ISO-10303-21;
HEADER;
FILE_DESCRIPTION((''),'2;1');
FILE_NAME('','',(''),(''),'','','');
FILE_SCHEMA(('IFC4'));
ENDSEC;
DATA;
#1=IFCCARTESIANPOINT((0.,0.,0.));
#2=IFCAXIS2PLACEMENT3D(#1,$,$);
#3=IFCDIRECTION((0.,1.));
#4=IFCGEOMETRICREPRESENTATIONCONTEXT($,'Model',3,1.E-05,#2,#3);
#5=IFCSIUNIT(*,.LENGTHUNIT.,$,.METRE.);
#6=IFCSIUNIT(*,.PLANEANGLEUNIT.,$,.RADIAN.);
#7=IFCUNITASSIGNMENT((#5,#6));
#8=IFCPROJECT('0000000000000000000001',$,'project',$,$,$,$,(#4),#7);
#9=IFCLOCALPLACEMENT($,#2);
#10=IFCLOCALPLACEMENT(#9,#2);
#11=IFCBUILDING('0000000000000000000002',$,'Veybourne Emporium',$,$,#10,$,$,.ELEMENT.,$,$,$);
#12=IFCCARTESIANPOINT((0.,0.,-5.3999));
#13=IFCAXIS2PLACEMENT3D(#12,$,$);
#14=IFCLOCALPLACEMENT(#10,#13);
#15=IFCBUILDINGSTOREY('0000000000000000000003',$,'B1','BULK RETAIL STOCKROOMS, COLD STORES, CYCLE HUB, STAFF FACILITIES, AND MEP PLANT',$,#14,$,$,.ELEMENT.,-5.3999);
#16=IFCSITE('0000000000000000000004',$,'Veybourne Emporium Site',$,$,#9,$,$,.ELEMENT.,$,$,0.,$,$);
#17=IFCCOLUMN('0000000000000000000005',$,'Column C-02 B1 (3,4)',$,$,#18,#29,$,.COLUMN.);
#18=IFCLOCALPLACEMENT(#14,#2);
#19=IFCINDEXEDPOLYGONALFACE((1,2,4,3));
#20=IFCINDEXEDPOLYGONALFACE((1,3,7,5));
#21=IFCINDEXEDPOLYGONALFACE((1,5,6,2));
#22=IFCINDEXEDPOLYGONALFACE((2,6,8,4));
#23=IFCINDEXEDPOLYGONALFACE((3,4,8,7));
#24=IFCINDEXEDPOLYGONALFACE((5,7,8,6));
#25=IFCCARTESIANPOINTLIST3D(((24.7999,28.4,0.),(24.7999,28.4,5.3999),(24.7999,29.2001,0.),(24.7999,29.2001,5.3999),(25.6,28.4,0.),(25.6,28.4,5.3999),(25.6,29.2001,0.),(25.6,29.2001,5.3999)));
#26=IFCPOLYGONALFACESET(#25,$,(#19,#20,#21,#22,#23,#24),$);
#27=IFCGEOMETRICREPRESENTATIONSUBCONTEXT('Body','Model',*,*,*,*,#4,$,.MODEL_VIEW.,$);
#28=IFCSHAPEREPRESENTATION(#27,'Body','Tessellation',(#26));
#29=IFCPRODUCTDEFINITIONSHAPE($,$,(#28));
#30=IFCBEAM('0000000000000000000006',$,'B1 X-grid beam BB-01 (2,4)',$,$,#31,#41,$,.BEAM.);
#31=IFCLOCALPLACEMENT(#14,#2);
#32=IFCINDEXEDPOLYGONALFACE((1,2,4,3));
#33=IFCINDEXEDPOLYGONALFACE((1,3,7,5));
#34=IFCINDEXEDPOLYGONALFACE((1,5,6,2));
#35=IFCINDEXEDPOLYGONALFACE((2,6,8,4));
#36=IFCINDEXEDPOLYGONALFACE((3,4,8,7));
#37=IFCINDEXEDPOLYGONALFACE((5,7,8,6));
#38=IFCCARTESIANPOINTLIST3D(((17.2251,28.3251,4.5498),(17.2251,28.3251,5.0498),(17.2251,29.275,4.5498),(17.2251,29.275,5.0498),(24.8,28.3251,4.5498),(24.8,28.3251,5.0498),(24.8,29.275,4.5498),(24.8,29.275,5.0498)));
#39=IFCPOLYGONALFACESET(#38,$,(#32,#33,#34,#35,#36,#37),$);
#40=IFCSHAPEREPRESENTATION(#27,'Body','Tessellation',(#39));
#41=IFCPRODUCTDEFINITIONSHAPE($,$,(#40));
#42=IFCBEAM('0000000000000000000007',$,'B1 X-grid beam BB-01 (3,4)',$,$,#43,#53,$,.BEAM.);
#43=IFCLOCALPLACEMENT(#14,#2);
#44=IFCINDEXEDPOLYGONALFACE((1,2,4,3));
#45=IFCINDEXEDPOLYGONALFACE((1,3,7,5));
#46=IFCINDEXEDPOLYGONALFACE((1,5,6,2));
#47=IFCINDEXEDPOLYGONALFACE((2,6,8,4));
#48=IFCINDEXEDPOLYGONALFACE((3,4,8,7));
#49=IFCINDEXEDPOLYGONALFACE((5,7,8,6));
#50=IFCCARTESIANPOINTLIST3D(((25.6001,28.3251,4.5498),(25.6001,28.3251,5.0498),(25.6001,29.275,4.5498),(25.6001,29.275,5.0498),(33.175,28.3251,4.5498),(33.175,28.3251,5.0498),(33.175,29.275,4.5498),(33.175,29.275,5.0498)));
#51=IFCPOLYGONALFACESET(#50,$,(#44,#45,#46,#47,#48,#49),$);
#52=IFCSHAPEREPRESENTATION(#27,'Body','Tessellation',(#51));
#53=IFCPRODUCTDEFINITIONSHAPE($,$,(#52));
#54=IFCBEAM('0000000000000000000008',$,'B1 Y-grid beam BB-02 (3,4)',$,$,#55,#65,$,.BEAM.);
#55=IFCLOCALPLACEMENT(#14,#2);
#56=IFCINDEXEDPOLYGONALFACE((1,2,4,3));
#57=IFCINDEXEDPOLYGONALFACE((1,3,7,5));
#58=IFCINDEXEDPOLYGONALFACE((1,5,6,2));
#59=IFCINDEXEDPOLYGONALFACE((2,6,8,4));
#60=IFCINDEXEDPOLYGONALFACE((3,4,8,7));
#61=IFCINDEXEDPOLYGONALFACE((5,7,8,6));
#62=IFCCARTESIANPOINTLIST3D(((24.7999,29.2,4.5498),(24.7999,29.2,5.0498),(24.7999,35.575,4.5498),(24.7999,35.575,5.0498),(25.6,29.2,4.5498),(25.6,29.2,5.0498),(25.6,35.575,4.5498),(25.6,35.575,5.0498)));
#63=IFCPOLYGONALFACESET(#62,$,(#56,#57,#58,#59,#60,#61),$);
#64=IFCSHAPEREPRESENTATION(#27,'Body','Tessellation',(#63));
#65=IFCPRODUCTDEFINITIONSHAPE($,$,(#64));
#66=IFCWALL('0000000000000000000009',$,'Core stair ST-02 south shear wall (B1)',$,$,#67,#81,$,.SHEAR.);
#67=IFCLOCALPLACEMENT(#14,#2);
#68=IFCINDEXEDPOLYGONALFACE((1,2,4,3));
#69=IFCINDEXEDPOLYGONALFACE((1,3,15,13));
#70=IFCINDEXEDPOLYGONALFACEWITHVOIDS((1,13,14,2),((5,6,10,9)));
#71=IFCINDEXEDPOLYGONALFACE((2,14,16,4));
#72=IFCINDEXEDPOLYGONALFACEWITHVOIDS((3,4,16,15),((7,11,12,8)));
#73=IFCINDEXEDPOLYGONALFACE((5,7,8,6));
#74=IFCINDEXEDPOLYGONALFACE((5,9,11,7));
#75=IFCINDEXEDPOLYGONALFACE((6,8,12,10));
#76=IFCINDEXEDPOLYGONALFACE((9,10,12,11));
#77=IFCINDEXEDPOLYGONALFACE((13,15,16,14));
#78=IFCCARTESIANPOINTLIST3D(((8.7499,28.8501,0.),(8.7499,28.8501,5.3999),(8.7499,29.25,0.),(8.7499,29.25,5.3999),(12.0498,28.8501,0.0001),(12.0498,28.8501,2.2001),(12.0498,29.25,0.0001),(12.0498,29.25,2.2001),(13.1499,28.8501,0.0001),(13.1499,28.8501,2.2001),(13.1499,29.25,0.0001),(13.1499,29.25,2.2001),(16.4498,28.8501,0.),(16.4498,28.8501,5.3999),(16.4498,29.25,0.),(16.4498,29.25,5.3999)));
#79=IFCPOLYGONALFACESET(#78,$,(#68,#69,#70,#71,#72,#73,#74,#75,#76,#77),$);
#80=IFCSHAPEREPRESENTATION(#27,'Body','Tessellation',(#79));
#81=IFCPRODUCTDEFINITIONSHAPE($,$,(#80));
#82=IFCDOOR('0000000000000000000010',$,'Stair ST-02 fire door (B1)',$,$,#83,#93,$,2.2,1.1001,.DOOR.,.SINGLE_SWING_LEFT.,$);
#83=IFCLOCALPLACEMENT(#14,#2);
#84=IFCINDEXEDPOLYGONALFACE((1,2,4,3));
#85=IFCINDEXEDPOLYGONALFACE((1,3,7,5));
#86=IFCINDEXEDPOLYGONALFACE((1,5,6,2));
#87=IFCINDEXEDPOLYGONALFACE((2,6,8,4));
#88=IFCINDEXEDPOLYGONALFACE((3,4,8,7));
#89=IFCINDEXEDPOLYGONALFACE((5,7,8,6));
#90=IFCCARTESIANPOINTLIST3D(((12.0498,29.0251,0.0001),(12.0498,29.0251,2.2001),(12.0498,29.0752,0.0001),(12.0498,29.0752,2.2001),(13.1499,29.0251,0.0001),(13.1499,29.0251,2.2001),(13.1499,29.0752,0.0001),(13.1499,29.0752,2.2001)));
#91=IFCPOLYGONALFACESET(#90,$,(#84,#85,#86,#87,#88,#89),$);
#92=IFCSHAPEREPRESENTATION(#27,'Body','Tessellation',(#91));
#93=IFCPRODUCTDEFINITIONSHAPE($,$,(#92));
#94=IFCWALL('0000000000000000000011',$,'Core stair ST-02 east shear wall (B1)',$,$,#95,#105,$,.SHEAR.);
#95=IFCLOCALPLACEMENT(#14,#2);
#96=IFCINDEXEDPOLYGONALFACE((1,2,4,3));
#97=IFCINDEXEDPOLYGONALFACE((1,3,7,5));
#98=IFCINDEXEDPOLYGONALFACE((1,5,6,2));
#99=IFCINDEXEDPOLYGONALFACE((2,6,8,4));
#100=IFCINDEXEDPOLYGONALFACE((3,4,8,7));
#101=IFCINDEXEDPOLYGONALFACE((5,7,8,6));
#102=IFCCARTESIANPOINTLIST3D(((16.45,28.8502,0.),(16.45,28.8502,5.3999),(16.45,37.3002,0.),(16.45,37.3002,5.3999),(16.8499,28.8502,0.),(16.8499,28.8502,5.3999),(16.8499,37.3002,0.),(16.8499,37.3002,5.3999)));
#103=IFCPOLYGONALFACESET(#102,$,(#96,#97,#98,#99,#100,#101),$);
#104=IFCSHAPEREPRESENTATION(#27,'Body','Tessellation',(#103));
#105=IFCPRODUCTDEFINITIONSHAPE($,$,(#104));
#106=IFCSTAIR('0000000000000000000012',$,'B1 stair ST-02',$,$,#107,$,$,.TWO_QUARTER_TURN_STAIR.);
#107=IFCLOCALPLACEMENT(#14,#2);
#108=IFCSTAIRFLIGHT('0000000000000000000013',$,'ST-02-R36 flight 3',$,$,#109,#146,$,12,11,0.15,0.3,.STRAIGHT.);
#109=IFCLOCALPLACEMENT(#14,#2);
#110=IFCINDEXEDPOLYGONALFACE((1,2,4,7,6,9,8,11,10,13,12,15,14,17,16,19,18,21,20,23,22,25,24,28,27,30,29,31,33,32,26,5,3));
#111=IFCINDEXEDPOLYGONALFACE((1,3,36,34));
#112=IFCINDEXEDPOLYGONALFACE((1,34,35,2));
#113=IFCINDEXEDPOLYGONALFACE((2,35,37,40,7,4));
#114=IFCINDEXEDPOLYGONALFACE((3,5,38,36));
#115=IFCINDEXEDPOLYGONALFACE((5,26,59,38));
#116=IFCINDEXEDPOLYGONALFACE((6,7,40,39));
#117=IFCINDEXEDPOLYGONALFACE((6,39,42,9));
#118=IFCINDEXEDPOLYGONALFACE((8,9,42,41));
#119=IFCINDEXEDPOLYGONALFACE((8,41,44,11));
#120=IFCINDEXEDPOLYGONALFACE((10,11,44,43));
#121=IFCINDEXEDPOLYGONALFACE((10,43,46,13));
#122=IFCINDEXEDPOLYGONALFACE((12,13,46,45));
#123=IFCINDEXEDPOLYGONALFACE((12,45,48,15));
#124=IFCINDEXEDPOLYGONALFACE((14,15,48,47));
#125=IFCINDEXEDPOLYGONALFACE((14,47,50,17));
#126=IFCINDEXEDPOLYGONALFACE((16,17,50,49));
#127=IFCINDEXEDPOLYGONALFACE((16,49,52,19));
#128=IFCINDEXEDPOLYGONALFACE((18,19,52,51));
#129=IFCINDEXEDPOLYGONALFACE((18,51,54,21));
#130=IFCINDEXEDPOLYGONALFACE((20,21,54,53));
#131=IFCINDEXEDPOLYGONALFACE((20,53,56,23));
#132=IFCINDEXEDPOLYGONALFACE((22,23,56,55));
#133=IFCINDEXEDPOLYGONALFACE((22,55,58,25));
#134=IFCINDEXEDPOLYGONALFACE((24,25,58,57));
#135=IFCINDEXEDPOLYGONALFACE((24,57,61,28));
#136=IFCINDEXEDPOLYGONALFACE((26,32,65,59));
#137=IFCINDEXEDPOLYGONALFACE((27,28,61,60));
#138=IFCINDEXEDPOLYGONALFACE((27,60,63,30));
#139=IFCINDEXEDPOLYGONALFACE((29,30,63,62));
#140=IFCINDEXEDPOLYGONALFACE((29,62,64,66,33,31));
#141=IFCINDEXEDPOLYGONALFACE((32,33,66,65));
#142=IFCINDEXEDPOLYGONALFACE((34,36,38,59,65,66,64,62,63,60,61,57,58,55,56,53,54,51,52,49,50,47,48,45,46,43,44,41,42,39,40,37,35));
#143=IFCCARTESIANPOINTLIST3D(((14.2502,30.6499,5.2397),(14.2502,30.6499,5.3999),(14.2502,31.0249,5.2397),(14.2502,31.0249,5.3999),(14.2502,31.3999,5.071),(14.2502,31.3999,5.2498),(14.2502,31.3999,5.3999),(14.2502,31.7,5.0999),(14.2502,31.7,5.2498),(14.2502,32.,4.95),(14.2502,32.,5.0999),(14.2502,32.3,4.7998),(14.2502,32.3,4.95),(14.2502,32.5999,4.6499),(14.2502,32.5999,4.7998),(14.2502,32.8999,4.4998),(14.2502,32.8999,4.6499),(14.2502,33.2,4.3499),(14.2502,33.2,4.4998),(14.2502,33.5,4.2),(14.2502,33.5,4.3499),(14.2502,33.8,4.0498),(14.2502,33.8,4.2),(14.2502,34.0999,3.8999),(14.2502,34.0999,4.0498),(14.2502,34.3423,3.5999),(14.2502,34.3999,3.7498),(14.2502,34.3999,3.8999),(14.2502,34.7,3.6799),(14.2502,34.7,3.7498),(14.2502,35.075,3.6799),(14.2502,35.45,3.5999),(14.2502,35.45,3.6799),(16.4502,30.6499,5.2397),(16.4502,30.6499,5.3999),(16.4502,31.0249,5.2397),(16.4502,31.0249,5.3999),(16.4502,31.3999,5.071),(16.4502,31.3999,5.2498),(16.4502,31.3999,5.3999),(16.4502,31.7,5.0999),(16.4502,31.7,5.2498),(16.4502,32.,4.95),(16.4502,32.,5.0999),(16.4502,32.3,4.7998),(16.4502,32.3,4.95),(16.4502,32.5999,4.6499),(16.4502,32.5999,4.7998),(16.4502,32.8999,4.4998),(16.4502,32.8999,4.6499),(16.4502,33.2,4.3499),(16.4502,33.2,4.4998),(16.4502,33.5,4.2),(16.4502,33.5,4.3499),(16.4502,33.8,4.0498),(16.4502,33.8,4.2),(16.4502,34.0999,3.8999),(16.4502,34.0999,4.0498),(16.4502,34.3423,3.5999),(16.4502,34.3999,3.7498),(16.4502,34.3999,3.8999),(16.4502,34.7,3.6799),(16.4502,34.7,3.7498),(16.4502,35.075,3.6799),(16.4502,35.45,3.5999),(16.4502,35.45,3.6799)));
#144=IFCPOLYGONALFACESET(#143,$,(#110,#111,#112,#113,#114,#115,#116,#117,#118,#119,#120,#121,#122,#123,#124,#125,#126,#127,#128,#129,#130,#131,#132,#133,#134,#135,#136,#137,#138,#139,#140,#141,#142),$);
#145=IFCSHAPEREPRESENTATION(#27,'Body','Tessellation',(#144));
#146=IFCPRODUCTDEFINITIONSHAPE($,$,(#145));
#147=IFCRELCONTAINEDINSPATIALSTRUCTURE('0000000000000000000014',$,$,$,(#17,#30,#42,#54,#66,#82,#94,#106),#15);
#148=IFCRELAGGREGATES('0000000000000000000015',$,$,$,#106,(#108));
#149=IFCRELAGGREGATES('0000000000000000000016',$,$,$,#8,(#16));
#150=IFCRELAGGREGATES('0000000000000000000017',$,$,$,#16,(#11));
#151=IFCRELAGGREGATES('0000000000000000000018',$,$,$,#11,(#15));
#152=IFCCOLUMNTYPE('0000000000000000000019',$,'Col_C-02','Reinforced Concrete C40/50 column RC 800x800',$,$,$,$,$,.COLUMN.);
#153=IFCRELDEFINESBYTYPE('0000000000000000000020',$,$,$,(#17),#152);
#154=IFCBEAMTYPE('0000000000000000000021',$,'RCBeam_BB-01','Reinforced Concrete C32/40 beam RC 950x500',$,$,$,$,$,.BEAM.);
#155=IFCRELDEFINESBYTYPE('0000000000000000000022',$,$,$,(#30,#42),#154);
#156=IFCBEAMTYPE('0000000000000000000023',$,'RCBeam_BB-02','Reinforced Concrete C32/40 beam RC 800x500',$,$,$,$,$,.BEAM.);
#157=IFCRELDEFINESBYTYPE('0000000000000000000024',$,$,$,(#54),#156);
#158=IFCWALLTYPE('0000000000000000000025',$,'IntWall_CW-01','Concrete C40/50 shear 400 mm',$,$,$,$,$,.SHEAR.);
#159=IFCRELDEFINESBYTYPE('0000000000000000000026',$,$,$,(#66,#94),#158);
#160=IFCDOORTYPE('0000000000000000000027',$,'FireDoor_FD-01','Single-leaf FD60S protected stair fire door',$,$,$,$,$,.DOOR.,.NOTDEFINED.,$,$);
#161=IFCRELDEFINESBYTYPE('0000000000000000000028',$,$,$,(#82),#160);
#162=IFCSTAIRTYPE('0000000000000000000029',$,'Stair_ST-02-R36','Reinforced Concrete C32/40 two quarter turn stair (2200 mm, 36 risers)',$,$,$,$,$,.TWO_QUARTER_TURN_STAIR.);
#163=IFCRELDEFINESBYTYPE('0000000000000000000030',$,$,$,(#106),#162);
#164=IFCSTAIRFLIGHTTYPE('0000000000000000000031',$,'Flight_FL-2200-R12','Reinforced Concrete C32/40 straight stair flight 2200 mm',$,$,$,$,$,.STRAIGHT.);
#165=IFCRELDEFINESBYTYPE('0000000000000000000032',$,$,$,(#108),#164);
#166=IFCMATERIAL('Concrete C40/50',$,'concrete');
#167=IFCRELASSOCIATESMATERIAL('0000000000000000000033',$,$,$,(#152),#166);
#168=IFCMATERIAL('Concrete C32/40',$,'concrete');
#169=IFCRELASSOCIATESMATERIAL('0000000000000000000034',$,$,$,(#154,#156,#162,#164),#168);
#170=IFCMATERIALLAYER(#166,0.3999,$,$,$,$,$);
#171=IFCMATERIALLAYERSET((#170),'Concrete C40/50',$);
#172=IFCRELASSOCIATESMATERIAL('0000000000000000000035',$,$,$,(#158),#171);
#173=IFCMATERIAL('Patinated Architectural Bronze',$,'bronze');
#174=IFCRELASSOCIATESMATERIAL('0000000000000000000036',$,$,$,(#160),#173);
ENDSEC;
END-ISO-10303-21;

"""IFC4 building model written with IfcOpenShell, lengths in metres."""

from ifc_helpers import new_model, si_unit, direction, frame, frame_2d, origin, origin_2d, place, context, subcontext, project, spatial, polyline, rectangle, outline, extrude, material, layer, layer_set, material_profile, profile_set, type_object, element, fill, aggregate, save


model = new_model("IFC4")

# Units and contexts
model_context = context("Model", 3, precision=1e-05, world=origin(), true_north=direction((0.0, 1.0)))
body_context = subcontext(model_context, "Body", "Model", "MODEL_VIEW")
ifc_project = project(units=[si_unit("LENGTHUNIT", "METRE"), si_unit("PLANEANGLEUNIT", "RADIAN")], contexts=[model_context])

# Site, building, storey
site_placement = place(None, origin())
site = spatial("IfcSite", under=ifc_project, at=site_placement, Name="Veybourne Emporium Site", CompositionType="ELEMENT", RefElevation=0.0)
building_placement = place(site_placement, origin())
building = spatial("IfcBuilding", under=site, at=building_placement, Name="Veybourne Emporium", CompositionType="ELEMENT")
storey_placement = place(building_placement, frame((0.0, 0.0, -5.3999)))
storey = spatial("IfcBuildingStorey", under=building, at=storey_placement, Name="B1", Description="BULK RETAIL STOCKROOMS, COLD STORES, CYCLE HUB, STAFF FACILITIES, AND MEP PLANT", CompositionType="ELEMENT", Elevation=-5.3999)

# Column
ifc_material_1 = material(Name="Concrete C40/50", Category="concrete")
ifc_material_profile_1 = material_profile(ifc_material_1, rectangle(XDim=0.8, YDim=0.8, at=origin_2d()), Name="RC 800x800")
ifc_profile_set_1 = profile_set([ifc_material_profile_1], Name="Concrete C40/50")
column_type_1 = type_object("IfcColumnType", Name="Col_C-02", Description="Reinforced Concrete C40/50 column RC 800x800", PredefinedType="COLUMN", material=ifc_profile_set_1)
column_1_placement = place(storey_placement, frame((25.2, 28.8, 0.0), z_axis=(0.0, 0.0, 1.0), x_axis=(1.0, 0.0, 0.0)))
element("IfcColumn", 1, at=column_1_placement, inside=storey, type_object=column_type_1, Name="Column C-02 B1 (3,4)", PredefinedType="COLUMN", context=body_context, shape_type="SweptSolid", body=[
    extrude(rectangle(XDim=0.8, YDim=0.8, at=origin_2d()), origin(), (0.0, 0.0, 1.0), 5.3999),
])

# Beams
ifc_material_2 = material(Name="Concrete C32/40", Category="concrete")
ifc_material_profile_2 = material_profile(ifc_material_2, rectangle(XDim=0.95, YDim=0.5, at=origin_2d()), Name="RC 950x500")
ifc_profile_set_2 = profile_set([ifc_material_profile_2], Name="Concrete C32/40")
beam_type_1 = type_object("IfcBeamType", Name="RCBeam_BB-01", Description="Reinforced Concrete C32/40 beam RC 950x500", PredefinedType="BEAM", material=ifc_profile_set_2)
for number, where, z_axis, x_axis, name in (
    (2, (17.2251, 28.8, 4.7998), (1.0, 0.0, 0.0), (0.0, 1.0, 0.0), "B1 X-grid beam BB-01 (2,4)"),
    (3, (25.6001, 28.8, 4.7998), (1.0, 0.0, 0.0), (0.0, 1.0, 0.0), "B1 X-grid beam BB-01 (3,4)"),
):
    element("IfcBeam", number, at=place(storey_placement, frame(where, z_axis=z_axis, x_axis=x_axis)), inside=storey, type_object=beam_type_1, Name=name, PredefinedType="BEAM", context=body_context, shape_type="SweptSolid", body=[
        extrude(rectangle(XDim=0.95, YDim=0.5, at=origin_2d()), origin(), (0.0, 0.0, 1.0), 7.575),
    ])
ifc_material_profile_3 = material_profile(ifc_material_2, rectangle(XDim=0.8, YDim=0.5, at=origin_2d()), Name="RC 800x500")
ifc_profile_set_3 = profile_set([ifc_material_profile_3], Name="Concrete C32/40")
beam_type_2 = type_object("IfcBeamType", Name="RCBeam_BB-02", Description="Reinforced Concrete C32/40 beam RC 800x500", PredefinedType="BEAM", material=ifc_profile_set_3)
beam_placement = place(storey_placement, frame((25.2, 29.2, 4.7998), z_axis=(0.0, 1.0, 0.0), x_axis=(-1.0, 0.0, 0.0)))
element("IfcBeam", 4, at=beam_placement, inside=storey, type_object=beam_type_2, Name="B1 Y-grid beam BB-02 (3,4)", PredefinedType="BEAM", context=body_context, shape_type="SweptSolid", body=[
    extrude(rectangle(XDim=0.8, YDim=0.5, at=origin_2d()), origin(), (0.0, 0.0, 1.0), 6.375),
])

# Wall, opening, door
ifc_layer = layer(ifc_material_1, 0.3999)
ifc_layer_set = layer_set([ifc_layer], Name="Concrete C40/50")
wall_type = type_object("IfcWallType", Name="IntWall_CW-01", Description="Concrete C40/50 shear 400 mm", PredefinedType="SHEAR", material=ifc_layer_set)
wall_1_placement = place(storey_placement, frame((16.45, 29.05, 0.0), z_axis=(0.0, 0.0, 1.0), x_axis=(-1.0, 0.0, 0.0)))
wall_1 = element("IfcWall", 5, at=wall_1_placement, inside=storey, type_object=wall_type, Name="Core stair ST-02 south shear wall (B1)", PredefinedType="SHEAR", context=body_context, shape_type="SweptSolid", body=[
    extrude(rectangle(XDim=7.7, YDim=0.3999, at=frame_2d((3.8501, 0.0))), origin(), (0.0, 0.0, 1.0), 5.3999),
])
opening_placement = place(wall_1_placement, frame((3.3, 0.0, 0.0)))
opening = element("IfcOpeningElement", 6, at=opening_placement, cuts=wall_1, PredefinedType="OPENING", context=body_context, shape_type="SweptSolid", body=[
    extrude(rectangle(XDim=1.1001, YDim=2.2, at=frame_2d((0.55, 1.1001))), frame((0.0, 0.22, 0.0), z_axis=(0.0, -1.0, 0.0), x_axis=(1.0, 0.0, 0.0)), (0.0, 0.0, 1.0), 0.4399),
])
ifc_material_3 = material(Name="Patinated Architectural Bronze", Category="bronze")
door_type = type_object("IfcDoorType", Name="FireDoor_FD-01", Description="Single-leaf FD60S protected stair fire door", OperationType="NOTDEFINED", PredefinedType="DOOR", material=ifc_material_3)
door_placement = place(opening_placement, origin())
door = element("IfcDoor", 7, at=door_placement, inside=storey, type_object=door_type, Name="Stair ST-02 fire door (B1)", OperationType="SINGLE_SWING_LEFT", OverallHeight=2.2, OverallWidth=1.1001, PredefinedType="DOOR", context=body_context, shape_type="SweptSolid", body=[
    extrude(rectangle(XDim=1.1001, YDim=2.2, at=frame_2d((0.55, 1.1001))), frame((0.0, 0.0249, 0.0), z_axis=(0.0, -1.0, 0.0), x_axis=(1.0, 0.0, 0.0)), (0.0, 0.0, 1.0), 0.05),
])
fill(opening, door)

# Wall
wall_2_placement = place(storey_placement, frame((16.6499, 28.8501, 0.0), z_axis=(0.0, 0.0, 1.0), x_axis=(0.0, 1.0, 0.0)))
element("IfcWall", 8, at=wall_2_placement, inside=storey, type_object=wall_type, Name="Core stair ST-02 east shear wall (B1)", PredefinedType="SHEAR", context=body_context, shape_type="SweptSolid", body=[
    extrude(rectangle(XDim=8.45, YDim=0.3999, at=frame_2d((4.2251, 0.0))), origin(), (0.0, 0.0, 1.0), 5.3999),
])

# Stair, stair flight
stair_type = type_object("IfcStairType", Name="Stair_ST-02-R36", Description="Reinforced Concrete C32/40 two quarter turn stair (2200 mm, 36 risers)", PredefinedType="TWO_QUARTER_TURN_STAIR", material=ifc_material_2)
stair_placement = place(storey_placement, origin())
stair = element("IfcStair", 9, at=stair_placement, inside=storey, type_object=stair_type, Name="B1 stair ST-02", PredefinedType="TWO_QUARTER_TURN_STAIR")
stair_flight_type = type_object("IfcStairFlightType", Name="Flight_FL-2200-R12", Description="Reinforced Concrete C32/40 straight stair flight 2200 mm", PredefinedType="STRAIGHT", material=ifc_material_2)
stair_flight_placement = place(storey_placement, frame((15.3501, 34.7, 3.5999), z_axis=(0.0, 0.0, 1.0), x_axis=(0.0, -1.0, 0.0)))
stair_flight = element("IfcStairFlight", 10, at=stair_flight_placement, type_object=stair_flight_type, Name="ST-02-R36 flight 3", NumberOfRisers=12, NumberOfTreads=11, PredefinedType="STRAIGHT", RiserHeight=0.15, TreadLength=0.3, context=body_context, shape_type="SweptSolid", body=[
    extrude(outline(polyline([(-0.75, 0.0), (-0.75, 0.0801), (-0.375, 0.0801), (0.0, 0.0801), (0.0, 0.1499), (0.3, 0.1499), (0.3, 0.3), (0.6001, 0.3), (0.6001, 0.45), (0.8999, 0.45), (0.8999, 0.6001), (1.2, 0.6001), (1.2, 0.75), (1.5, 0.75), (1.5, 0.8999), (1.8, 0.8999), (1.8, 1.05), (2.1001, 1.05), (2.1001, 1.2), (2.3999, 1.2), (2.3999, 1.3501), (2.7, 1.3501), (2.7, 1.5), (3.0, 1.5), (3.0, 1.6499), (3.3, 1.6499), (3.3, 1.8), (3.675, 1.8), (4.05, 1.8), (4.05, 1.6399), (3.675, 1.6399), (3.3, 1.4712), (0.3577, 0.0), (-0.75, 0.0)])), frame((0.0, 1.1001, 0.0), z_axis=(0.0, -1.0, 0.0), x_axis=(1.0, 0.0, 0.0)), (0.0, 0.0, 1.0), 2.2),
])
aggregate(stair, [stair_flight])

save(model, "model.ifc")
